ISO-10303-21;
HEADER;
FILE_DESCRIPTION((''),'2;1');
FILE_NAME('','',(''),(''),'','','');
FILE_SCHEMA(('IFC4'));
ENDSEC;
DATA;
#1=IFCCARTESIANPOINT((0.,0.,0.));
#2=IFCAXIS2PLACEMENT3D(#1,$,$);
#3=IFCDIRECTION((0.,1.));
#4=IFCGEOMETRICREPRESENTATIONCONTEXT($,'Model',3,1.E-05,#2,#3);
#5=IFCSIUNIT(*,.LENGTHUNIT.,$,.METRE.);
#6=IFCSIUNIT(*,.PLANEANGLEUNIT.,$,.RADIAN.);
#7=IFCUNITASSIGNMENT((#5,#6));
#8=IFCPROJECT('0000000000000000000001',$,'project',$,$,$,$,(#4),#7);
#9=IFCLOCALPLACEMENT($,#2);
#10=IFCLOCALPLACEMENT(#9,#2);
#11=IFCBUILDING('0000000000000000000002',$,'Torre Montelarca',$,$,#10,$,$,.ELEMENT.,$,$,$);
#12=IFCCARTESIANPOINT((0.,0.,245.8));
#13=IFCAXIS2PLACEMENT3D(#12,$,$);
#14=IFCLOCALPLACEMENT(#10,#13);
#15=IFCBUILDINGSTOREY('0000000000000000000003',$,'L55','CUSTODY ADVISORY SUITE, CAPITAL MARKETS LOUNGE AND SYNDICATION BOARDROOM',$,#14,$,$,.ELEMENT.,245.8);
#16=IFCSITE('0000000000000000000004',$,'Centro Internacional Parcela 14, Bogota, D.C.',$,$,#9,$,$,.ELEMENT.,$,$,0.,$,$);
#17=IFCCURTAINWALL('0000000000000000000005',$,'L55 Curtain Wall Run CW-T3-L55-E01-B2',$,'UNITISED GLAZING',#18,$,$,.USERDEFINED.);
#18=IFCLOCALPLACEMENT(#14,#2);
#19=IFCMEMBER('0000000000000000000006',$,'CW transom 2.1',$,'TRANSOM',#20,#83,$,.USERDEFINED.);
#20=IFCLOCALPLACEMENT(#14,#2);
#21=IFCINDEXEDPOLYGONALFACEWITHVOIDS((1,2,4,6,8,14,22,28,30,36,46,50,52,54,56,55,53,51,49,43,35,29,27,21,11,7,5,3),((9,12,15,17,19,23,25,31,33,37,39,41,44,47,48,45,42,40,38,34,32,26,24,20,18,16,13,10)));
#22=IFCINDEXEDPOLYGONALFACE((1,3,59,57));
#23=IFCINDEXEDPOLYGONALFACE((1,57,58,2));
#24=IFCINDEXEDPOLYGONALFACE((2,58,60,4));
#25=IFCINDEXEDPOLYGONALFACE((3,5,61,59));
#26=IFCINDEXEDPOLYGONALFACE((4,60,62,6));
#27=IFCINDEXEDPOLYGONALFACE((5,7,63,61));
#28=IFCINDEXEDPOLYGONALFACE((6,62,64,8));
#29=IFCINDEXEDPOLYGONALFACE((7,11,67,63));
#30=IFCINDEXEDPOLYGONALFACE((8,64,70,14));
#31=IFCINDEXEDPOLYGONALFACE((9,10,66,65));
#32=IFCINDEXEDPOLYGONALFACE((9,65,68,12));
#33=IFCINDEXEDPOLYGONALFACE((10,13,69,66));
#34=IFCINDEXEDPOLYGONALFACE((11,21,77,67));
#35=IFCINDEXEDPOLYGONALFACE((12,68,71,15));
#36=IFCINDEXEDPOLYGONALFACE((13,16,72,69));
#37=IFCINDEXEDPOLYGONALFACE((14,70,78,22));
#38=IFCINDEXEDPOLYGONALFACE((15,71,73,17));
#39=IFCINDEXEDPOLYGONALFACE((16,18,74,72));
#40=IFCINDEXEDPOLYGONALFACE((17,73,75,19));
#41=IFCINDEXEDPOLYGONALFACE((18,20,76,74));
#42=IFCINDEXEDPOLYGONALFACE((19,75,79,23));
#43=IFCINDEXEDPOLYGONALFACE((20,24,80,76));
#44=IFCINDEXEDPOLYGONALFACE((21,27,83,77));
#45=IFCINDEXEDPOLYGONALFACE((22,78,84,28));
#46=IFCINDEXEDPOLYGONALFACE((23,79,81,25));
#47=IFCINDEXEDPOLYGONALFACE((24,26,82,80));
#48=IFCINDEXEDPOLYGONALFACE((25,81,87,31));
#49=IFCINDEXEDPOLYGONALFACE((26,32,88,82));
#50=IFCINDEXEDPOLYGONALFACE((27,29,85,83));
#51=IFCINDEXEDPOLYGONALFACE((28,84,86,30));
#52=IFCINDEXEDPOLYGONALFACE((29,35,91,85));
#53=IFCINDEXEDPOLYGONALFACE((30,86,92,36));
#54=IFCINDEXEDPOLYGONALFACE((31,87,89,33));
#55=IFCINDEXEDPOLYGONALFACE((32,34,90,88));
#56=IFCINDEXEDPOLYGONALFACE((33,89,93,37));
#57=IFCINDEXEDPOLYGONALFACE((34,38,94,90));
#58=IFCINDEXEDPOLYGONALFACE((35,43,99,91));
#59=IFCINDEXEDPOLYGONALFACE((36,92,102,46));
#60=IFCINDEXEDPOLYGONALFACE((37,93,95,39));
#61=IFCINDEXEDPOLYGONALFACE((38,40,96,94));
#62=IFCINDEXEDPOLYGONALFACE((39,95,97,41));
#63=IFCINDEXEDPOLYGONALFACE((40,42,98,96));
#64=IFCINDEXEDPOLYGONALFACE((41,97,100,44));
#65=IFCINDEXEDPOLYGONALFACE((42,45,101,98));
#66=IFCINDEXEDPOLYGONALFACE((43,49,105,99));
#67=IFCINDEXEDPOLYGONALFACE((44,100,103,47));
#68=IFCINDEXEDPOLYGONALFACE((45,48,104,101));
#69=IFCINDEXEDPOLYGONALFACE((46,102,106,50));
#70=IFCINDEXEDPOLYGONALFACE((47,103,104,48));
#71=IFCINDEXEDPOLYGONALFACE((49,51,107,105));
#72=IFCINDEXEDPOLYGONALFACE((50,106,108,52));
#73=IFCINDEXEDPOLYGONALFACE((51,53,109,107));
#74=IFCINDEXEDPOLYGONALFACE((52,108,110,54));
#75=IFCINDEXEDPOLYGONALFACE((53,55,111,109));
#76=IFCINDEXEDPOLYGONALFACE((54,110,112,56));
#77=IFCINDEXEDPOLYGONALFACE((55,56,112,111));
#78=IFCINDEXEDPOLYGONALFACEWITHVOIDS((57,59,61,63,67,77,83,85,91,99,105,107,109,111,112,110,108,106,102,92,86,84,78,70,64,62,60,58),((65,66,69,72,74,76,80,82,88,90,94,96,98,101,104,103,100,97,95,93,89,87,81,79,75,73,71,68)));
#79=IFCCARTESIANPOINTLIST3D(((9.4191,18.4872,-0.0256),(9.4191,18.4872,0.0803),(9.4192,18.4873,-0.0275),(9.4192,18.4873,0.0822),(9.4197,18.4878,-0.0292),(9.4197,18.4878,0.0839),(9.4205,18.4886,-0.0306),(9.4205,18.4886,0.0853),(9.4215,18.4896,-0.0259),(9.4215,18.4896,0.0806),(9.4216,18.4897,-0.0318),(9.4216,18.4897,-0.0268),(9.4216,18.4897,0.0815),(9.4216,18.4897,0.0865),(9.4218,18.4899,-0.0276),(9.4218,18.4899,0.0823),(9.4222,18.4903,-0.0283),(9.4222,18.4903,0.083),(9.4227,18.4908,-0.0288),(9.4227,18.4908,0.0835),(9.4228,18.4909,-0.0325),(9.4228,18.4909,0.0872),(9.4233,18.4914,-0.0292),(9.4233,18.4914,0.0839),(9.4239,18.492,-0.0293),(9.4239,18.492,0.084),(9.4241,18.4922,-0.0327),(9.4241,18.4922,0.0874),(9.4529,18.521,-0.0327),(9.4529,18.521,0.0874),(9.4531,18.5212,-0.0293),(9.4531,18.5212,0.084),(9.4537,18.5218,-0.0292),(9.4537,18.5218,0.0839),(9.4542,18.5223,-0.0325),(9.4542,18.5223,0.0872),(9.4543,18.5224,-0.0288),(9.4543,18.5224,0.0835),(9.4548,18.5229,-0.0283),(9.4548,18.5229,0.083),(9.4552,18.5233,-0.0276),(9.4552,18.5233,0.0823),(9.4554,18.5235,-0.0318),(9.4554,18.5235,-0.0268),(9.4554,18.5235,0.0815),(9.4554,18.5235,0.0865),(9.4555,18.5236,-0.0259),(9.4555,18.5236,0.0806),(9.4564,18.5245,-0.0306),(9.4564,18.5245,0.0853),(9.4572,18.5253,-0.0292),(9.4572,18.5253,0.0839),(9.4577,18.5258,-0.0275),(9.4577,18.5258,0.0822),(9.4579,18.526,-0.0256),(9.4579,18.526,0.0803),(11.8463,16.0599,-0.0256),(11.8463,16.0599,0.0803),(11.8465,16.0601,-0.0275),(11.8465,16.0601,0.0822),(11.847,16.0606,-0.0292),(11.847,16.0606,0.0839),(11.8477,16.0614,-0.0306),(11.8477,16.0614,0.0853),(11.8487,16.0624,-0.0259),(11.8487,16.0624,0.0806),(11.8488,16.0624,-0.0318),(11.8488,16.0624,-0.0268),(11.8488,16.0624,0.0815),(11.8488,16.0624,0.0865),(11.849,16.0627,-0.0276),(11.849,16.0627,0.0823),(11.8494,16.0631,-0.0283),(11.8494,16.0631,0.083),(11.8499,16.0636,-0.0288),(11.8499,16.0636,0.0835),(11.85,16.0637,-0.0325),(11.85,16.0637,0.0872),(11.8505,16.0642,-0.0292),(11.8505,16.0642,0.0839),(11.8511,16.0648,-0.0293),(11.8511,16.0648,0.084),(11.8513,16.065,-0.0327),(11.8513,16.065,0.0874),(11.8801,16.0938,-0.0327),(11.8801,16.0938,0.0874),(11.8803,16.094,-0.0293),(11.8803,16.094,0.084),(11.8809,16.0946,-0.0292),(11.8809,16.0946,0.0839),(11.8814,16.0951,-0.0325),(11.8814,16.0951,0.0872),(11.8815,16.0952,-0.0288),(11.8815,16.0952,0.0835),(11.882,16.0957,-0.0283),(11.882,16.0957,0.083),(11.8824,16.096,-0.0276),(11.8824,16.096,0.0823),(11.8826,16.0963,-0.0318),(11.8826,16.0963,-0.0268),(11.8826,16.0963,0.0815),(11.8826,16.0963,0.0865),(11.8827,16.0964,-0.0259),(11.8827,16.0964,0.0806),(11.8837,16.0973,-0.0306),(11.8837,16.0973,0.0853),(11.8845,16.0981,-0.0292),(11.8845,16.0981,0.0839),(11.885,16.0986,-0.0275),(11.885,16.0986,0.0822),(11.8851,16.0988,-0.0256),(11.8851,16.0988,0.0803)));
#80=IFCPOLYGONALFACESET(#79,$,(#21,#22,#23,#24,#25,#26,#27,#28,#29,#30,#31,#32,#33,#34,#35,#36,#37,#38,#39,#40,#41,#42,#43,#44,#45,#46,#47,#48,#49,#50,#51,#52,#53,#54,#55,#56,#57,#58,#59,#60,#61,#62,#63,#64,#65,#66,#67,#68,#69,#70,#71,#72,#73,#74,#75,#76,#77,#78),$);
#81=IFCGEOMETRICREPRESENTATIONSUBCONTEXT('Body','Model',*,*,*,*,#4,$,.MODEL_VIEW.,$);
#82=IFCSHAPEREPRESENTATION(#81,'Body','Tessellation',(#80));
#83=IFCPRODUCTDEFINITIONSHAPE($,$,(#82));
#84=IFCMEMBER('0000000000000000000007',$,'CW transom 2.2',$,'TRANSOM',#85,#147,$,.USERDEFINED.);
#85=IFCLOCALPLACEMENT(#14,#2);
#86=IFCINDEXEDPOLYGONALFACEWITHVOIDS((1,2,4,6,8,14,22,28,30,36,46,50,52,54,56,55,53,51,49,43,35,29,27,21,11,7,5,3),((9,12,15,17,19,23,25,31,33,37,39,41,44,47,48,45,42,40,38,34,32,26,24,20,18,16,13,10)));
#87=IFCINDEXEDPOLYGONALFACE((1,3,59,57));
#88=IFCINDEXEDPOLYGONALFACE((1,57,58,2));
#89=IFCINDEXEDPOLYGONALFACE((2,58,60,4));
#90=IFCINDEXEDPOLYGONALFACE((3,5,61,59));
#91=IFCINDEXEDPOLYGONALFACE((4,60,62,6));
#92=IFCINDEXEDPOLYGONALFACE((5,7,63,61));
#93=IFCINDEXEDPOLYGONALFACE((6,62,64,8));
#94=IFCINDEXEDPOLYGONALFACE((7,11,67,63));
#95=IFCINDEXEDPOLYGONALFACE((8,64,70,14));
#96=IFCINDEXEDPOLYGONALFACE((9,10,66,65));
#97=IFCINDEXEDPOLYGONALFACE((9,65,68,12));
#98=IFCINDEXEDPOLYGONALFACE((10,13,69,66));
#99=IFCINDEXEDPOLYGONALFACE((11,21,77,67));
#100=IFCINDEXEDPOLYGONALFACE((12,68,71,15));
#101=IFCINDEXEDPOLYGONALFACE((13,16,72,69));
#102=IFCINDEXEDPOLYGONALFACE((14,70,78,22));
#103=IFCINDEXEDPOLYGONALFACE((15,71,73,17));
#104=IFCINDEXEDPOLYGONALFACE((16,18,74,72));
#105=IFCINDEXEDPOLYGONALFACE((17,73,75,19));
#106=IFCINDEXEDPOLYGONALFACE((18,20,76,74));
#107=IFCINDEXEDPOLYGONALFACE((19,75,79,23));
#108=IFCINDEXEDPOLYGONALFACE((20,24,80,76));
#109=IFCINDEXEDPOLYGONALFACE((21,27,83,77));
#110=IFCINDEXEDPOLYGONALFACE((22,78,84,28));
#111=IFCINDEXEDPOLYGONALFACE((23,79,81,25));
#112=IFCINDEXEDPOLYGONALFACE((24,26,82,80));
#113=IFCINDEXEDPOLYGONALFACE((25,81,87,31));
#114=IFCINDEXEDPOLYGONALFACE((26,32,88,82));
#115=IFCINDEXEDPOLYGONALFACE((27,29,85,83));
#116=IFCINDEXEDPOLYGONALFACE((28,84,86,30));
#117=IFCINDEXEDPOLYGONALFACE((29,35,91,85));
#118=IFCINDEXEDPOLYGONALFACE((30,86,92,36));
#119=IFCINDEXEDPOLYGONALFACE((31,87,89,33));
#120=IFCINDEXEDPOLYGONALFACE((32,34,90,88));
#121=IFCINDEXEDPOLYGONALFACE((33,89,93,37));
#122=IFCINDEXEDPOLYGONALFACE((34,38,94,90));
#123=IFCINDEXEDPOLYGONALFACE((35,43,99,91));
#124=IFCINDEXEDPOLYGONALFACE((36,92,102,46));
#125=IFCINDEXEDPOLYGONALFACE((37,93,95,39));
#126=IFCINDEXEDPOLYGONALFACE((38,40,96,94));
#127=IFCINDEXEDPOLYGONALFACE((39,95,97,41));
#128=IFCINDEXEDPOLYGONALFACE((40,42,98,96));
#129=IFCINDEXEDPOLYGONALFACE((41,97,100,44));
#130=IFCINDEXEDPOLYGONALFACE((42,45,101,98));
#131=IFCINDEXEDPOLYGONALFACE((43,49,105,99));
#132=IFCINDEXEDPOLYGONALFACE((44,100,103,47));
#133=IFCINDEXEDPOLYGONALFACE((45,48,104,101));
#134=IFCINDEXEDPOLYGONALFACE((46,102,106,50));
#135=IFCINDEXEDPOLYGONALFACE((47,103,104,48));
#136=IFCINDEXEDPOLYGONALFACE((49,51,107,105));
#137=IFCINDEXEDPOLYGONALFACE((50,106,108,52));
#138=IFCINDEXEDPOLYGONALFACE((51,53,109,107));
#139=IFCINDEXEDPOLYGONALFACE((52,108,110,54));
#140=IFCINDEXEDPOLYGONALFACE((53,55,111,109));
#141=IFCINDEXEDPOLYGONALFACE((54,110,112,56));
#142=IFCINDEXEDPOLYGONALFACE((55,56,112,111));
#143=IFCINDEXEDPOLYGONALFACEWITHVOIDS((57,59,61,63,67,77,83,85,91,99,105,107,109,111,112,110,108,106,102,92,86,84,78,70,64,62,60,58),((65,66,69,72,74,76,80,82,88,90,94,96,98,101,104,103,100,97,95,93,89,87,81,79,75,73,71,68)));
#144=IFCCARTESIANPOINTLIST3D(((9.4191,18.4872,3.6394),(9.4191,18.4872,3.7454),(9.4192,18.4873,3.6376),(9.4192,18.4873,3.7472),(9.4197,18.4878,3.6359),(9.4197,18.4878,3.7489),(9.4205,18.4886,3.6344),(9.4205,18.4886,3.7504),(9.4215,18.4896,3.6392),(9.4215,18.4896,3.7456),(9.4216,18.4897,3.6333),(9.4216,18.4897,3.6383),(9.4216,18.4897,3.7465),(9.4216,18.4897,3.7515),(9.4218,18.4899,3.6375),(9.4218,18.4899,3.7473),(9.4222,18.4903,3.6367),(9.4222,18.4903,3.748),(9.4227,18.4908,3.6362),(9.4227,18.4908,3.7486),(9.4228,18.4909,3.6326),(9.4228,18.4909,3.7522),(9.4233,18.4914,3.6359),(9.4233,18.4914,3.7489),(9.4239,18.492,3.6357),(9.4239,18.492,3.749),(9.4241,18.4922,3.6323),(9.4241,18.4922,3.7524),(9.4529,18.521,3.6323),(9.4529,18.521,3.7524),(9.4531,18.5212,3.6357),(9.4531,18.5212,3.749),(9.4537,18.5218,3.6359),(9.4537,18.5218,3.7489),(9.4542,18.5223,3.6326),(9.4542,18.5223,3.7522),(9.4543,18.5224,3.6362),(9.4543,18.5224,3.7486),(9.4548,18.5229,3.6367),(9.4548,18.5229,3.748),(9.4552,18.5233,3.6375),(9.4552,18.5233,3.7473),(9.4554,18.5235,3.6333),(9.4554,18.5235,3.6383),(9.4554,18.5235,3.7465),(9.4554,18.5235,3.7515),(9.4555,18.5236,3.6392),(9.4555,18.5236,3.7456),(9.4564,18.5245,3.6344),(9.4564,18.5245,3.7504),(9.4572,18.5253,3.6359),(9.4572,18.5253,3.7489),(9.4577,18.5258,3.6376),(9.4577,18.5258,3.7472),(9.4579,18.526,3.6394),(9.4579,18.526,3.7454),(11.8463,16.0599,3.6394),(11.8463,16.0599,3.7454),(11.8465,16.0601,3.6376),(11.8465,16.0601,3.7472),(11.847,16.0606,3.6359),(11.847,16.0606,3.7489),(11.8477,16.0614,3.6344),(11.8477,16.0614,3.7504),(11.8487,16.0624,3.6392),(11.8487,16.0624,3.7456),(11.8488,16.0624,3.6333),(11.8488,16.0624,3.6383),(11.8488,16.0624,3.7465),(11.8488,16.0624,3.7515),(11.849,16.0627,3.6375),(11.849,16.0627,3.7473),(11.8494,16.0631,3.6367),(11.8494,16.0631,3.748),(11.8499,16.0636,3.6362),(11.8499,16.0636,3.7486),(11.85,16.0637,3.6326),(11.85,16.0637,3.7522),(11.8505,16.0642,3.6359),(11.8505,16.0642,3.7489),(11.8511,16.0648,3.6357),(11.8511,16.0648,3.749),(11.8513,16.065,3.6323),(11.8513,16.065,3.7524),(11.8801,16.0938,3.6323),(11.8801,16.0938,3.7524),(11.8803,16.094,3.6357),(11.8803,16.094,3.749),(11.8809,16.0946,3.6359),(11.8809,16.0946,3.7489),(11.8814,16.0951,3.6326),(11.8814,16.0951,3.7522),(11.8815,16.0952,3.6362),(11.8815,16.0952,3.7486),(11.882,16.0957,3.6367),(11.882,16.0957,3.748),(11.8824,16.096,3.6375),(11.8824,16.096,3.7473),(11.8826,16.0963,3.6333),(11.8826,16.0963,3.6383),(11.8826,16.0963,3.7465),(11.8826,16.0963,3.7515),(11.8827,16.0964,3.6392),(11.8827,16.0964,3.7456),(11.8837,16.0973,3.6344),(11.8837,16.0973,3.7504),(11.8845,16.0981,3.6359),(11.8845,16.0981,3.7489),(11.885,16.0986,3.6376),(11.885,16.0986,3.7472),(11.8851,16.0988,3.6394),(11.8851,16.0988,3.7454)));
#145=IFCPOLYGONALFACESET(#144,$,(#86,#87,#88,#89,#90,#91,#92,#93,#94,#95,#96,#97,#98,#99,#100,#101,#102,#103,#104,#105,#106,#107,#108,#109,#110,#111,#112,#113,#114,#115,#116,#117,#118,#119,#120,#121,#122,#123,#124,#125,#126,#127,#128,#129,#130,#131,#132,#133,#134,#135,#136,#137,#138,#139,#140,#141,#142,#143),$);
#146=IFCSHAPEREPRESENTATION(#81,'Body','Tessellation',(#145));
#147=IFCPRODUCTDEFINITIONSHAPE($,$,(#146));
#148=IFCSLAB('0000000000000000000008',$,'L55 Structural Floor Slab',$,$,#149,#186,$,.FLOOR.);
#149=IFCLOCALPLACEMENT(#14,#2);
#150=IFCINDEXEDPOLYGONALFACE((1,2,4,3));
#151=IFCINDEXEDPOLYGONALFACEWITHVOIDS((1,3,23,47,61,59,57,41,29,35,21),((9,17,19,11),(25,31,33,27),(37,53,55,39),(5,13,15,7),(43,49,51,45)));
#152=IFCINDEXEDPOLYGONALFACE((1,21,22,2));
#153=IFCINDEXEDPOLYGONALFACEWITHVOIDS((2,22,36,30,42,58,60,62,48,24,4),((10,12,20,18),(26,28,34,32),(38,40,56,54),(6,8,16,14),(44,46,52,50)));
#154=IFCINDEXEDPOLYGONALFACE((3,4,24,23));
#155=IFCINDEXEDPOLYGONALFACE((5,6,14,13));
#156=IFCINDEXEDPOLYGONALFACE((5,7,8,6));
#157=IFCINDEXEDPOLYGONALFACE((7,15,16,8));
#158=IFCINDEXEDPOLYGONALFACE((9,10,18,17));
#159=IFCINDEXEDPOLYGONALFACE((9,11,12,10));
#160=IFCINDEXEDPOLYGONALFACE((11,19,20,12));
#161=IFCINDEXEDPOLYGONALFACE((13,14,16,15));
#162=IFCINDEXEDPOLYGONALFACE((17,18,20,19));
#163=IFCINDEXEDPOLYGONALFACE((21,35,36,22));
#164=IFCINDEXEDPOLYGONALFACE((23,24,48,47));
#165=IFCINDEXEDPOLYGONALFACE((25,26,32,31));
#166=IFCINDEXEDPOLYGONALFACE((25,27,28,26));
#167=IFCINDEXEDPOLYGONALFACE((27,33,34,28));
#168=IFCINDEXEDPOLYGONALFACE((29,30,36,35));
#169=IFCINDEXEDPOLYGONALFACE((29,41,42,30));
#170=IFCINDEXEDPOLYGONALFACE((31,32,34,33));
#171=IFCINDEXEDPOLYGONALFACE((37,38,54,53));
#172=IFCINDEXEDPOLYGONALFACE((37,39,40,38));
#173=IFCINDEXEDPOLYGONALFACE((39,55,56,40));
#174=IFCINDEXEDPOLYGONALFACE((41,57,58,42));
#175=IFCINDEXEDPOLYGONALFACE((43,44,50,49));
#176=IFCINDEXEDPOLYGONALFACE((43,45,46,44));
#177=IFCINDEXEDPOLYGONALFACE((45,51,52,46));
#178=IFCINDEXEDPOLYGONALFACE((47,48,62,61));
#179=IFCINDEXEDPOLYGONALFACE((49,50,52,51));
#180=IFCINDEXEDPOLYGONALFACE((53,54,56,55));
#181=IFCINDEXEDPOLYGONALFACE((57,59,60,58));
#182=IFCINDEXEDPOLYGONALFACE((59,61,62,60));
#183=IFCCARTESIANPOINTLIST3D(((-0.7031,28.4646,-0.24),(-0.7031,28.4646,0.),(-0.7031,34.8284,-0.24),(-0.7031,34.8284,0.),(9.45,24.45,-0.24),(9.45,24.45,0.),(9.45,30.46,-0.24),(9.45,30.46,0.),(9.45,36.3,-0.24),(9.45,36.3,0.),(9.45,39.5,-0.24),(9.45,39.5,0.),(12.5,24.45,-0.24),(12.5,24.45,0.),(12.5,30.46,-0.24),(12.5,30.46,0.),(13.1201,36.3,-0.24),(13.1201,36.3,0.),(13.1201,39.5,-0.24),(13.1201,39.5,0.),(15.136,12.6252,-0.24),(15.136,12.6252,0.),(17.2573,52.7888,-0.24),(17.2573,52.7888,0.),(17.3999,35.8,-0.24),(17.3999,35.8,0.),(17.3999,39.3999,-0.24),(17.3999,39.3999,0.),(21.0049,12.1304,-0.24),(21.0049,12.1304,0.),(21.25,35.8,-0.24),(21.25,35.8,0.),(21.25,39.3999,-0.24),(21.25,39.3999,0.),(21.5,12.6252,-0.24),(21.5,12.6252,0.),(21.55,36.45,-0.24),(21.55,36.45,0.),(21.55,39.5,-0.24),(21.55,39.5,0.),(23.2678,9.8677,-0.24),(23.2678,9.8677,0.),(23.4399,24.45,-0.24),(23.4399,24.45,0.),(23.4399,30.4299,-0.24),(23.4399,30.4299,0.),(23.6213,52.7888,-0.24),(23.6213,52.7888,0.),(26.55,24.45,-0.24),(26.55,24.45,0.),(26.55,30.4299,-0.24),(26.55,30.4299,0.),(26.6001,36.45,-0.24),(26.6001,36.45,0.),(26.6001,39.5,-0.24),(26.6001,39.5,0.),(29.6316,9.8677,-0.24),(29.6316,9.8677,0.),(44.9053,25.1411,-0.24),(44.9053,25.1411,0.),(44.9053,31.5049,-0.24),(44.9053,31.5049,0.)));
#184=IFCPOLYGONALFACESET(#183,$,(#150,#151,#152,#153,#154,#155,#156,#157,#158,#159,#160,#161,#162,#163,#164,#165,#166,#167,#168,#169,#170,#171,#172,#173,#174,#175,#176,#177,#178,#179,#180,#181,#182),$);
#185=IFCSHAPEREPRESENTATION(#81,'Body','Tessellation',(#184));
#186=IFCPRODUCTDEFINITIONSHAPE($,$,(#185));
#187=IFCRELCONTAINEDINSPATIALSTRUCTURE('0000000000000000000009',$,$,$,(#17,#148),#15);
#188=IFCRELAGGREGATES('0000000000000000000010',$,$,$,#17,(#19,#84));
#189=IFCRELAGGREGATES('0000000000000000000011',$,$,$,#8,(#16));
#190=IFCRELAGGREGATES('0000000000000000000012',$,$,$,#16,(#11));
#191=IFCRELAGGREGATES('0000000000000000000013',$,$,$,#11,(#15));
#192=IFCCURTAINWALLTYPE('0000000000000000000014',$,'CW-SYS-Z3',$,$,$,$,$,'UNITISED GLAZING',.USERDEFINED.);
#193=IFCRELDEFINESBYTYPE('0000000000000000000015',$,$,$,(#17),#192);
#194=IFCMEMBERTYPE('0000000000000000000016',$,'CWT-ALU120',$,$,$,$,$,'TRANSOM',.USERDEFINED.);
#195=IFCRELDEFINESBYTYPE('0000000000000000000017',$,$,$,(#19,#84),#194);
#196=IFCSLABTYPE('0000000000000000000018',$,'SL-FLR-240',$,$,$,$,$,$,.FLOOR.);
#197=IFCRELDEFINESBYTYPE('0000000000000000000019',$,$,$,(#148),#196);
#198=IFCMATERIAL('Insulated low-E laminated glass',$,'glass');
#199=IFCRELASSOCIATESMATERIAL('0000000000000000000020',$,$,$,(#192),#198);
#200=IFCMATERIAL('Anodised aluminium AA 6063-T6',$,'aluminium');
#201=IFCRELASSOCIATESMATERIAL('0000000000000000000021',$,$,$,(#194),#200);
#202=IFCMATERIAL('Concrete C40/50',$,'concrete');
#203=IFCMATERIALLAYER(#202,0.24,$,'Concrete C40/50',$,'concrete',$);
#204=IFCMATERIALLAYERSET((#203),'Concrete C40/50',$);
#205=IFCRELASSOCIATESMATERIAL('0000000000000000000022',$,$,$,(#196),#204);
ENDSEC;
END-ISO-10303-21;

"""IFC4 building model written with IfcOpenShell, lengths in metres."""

from ifc_helpers import new_model, si_unit, direction, frame, origin, origin_2d, place, context, subcontext, project, spatial, polyline, hollow_rectangle, outline, extrude, source, transform, mapped, material, layer, layer_set, material_profile, profile_set, type_object, element, aggregate, save


model = new_model("IFC4")

# Units and contexts
model_context = context("Model", 3, precision=1e-05, world=origin(), true_north=direction((0.0, 1.0)))
body_context = subcontext(model_context, "Body", "Model", "MODEL_VIEW")
ifc_project = project(units=[si_unit("LENGTHUNIT", "METRE"), si_unit("PLANEANGLEUNIT", "RADIAN")], contexts=[model_context])

# Site, building, storey
site_placement = place(None, origin())
site = spatial("IfcSite", under=ifc_project, at=site_placement, Name="Centro Internacional Parcela 14, Bogota, D.C.", CompositionType="ELEMENT", RefElevation=0.0)
building_placement = place(site_placement, origin())
building = spatial("IfcBuilding", under=site, at=building_placement, Name="Torre Montelarca", CompositionType="ELEMENT")
storey_placement = place(building_placement, frame((0.0, 0.0, 245.8)))
storey = spatial("IfcBuildingStorey", under=building, at=storey_placement, Name="L55", Description="CUSTODY ADVISORY SUITE, CAPITAL MARKETS LOUNGE AND SYNDICATION BOARDROOM", CompositionType="ELEMENT", Elevation=245.8)

# Curtain wall
ifc_material_1 = material(Name="Insulated low-E laminated glass", Category="glass")
curtain_wall_type = type_object("IfcCurtainWallType", Name="CW-SYS-Z3", ElementType="UNITISED GLAZING", PredefinedType="USERDEFINED", material=ifc_material_1)
ifc_material_2 = material(Name="Anodised aluminium AA 6063-T6", Category="aluminium")
ifc_material_profile_1 = material_profile(ifc_material_2, hollow_rectangle(XDim=0.0549, YDim=0.1201, WallThickness=0.0034, InnerFilletRadius=0.0034, OuterFilletRadius=0.0071, at=origin_2d()), Name="ALU55X120X3.5", Category="aluminium")
ifc_profile_set_1 = profile_set([ifc_material_profile_1], Name="Anodised aluminium AA 6063-T6")
member_type_1 = type_object("IfcMemberType", Name="CWT-ALU120", ElementType="TRANSOM", PredefinedType="USERDEFINED", material=ifc_profile_set_1)
curtain_wall_1_placement = place(storey_placement, origin())
curtain_wall_1 = element("IfcCurtainWall", 1, at=curtain_wall_1_placement, inside=storey, type_object=curtain_wall_type, Name="L55 Curtain Wall Run CW-T3-L55-E01-B2", ObjectType="UNITISED GLAZING", PredefinedType="USERDEFINED")

# Members
shared_shape_1 = source(origin(), body_context, "Body", "SweptSolid", [
    extrude(hollow_rectangle(XDim=0.0549, YDim=0.1201, WallThickness=0.0034, InnerFilletRadius=0.0034, OuterFilletRadius=0.0071, at=origin_2d()), origin(), (0.0, 0.0, 1.0), 3.4326),
])
member_1_placement = place(storey_placement, frame((9.4385, 18.5066, 0.0273), z_axis=(0.707107, -0.707107, 0.0), x_axis=(0.707107, 0.707107, 0.0)))
member_1 = element("IfcMember", 2, at=member_1_placement, type_object=member_type_1, Name="CW transom 2.1", ObjectType="TRANSOM", PredefinedType="USERDEFINED", context=body_context, shape_type="MappedRepresentation", body=[
    mapped(shared_shape_1, transform((0.0, 0.0, 0.0), scale=1.0)),
])
member_2_placement = place(storey_placement, frame((9.4385, 18.5066, 3.6924), z_axis=(0.707107, -0.707107, 0.0), x_axis=(0.707107, 0.707107, 0.0)))
member_2 = element("IfcMember", 3, at=member_2_placement, type_object=member_type_1, Name="CW transom 2.2", ObjectType="TRANSOM", PredefinedType="USERDEFINED", context=body_context, shape_type="MappedRepresentation", body=[
    mapped(shared_shape_1, transform((0.0, 0.0, 0.0), scale=1.0)),
])

# Slab
ifc_material_3 = material(Name="Concrete C40/50", Category="concrete")
ifc_layer_1 = layer(ifc_material_3, 0.24, Name="Concrete C40/50", Category="concrete")
ifc_layer_set_1 = layer_set([ifc_layer_1], Name="Concrete C40/50")
slab_type_1 = type_object("IfcSlabType", Name="SL-FLR-240", PredefinedType="FLOOR", material=ifc_layer_set_1)
slab_1_placement = place(storey_placement, frame((0.0, 0.0, -0.24)))
element("IfcSlab", 4, at=slab_1_placement, inside=storey, type_object=slab_type_1, Name="L55 Structural Floor Slab", PredefinedType="FLOOR", context=body_context, shape_type="SweptSolid", body=[
    extrude(outline(polyline([(15.136, 12.6252), (21.5, 12.6252), (21.0049, 12.1304), (23.2678, 9.8677), (29.6316, 9.8677), (44.9053, 25.1411), (44.9053, 31.5049), (23.6213, 52.7888), (17.2573, 52.7888), (-0.7031, 34.8284), (-0.7031, 28.4646), (15.136, 12.6252)]), holes=[polyline([(26.55, 24.45), (23.4399, 24.45), (23.4399, 30.4299), (26.55, 30.4299), (26.55, 24.45)]), polyline([(12.5, 24.45), (9.45, 24.45), (9.45, 30.46), (12.5, 30.46), (12.5, 24.45)]), polyline([(21.25, 39.3999), (21.25, 35.8), (17.3999, 35.8), (17.3999, 39.3999), (21.25, 39.3999)]), polyline([(13.1201, 36.3), (9.45, 36.3), (9.45, 39.5), (13.1201, 39.5), (13.1201, 36.3)]), polyline([(26.6001, 36.45), (21.55, 36.45), (21.55, 39.5), (26.6001, 39.5), (26.6001, 36.45)])]), origin(), (0.0, 0.0, 1.0), 0.24),
])

aggregate(curtain_wall_1, [member_1, member_2])

save(model, "model.ifc")
